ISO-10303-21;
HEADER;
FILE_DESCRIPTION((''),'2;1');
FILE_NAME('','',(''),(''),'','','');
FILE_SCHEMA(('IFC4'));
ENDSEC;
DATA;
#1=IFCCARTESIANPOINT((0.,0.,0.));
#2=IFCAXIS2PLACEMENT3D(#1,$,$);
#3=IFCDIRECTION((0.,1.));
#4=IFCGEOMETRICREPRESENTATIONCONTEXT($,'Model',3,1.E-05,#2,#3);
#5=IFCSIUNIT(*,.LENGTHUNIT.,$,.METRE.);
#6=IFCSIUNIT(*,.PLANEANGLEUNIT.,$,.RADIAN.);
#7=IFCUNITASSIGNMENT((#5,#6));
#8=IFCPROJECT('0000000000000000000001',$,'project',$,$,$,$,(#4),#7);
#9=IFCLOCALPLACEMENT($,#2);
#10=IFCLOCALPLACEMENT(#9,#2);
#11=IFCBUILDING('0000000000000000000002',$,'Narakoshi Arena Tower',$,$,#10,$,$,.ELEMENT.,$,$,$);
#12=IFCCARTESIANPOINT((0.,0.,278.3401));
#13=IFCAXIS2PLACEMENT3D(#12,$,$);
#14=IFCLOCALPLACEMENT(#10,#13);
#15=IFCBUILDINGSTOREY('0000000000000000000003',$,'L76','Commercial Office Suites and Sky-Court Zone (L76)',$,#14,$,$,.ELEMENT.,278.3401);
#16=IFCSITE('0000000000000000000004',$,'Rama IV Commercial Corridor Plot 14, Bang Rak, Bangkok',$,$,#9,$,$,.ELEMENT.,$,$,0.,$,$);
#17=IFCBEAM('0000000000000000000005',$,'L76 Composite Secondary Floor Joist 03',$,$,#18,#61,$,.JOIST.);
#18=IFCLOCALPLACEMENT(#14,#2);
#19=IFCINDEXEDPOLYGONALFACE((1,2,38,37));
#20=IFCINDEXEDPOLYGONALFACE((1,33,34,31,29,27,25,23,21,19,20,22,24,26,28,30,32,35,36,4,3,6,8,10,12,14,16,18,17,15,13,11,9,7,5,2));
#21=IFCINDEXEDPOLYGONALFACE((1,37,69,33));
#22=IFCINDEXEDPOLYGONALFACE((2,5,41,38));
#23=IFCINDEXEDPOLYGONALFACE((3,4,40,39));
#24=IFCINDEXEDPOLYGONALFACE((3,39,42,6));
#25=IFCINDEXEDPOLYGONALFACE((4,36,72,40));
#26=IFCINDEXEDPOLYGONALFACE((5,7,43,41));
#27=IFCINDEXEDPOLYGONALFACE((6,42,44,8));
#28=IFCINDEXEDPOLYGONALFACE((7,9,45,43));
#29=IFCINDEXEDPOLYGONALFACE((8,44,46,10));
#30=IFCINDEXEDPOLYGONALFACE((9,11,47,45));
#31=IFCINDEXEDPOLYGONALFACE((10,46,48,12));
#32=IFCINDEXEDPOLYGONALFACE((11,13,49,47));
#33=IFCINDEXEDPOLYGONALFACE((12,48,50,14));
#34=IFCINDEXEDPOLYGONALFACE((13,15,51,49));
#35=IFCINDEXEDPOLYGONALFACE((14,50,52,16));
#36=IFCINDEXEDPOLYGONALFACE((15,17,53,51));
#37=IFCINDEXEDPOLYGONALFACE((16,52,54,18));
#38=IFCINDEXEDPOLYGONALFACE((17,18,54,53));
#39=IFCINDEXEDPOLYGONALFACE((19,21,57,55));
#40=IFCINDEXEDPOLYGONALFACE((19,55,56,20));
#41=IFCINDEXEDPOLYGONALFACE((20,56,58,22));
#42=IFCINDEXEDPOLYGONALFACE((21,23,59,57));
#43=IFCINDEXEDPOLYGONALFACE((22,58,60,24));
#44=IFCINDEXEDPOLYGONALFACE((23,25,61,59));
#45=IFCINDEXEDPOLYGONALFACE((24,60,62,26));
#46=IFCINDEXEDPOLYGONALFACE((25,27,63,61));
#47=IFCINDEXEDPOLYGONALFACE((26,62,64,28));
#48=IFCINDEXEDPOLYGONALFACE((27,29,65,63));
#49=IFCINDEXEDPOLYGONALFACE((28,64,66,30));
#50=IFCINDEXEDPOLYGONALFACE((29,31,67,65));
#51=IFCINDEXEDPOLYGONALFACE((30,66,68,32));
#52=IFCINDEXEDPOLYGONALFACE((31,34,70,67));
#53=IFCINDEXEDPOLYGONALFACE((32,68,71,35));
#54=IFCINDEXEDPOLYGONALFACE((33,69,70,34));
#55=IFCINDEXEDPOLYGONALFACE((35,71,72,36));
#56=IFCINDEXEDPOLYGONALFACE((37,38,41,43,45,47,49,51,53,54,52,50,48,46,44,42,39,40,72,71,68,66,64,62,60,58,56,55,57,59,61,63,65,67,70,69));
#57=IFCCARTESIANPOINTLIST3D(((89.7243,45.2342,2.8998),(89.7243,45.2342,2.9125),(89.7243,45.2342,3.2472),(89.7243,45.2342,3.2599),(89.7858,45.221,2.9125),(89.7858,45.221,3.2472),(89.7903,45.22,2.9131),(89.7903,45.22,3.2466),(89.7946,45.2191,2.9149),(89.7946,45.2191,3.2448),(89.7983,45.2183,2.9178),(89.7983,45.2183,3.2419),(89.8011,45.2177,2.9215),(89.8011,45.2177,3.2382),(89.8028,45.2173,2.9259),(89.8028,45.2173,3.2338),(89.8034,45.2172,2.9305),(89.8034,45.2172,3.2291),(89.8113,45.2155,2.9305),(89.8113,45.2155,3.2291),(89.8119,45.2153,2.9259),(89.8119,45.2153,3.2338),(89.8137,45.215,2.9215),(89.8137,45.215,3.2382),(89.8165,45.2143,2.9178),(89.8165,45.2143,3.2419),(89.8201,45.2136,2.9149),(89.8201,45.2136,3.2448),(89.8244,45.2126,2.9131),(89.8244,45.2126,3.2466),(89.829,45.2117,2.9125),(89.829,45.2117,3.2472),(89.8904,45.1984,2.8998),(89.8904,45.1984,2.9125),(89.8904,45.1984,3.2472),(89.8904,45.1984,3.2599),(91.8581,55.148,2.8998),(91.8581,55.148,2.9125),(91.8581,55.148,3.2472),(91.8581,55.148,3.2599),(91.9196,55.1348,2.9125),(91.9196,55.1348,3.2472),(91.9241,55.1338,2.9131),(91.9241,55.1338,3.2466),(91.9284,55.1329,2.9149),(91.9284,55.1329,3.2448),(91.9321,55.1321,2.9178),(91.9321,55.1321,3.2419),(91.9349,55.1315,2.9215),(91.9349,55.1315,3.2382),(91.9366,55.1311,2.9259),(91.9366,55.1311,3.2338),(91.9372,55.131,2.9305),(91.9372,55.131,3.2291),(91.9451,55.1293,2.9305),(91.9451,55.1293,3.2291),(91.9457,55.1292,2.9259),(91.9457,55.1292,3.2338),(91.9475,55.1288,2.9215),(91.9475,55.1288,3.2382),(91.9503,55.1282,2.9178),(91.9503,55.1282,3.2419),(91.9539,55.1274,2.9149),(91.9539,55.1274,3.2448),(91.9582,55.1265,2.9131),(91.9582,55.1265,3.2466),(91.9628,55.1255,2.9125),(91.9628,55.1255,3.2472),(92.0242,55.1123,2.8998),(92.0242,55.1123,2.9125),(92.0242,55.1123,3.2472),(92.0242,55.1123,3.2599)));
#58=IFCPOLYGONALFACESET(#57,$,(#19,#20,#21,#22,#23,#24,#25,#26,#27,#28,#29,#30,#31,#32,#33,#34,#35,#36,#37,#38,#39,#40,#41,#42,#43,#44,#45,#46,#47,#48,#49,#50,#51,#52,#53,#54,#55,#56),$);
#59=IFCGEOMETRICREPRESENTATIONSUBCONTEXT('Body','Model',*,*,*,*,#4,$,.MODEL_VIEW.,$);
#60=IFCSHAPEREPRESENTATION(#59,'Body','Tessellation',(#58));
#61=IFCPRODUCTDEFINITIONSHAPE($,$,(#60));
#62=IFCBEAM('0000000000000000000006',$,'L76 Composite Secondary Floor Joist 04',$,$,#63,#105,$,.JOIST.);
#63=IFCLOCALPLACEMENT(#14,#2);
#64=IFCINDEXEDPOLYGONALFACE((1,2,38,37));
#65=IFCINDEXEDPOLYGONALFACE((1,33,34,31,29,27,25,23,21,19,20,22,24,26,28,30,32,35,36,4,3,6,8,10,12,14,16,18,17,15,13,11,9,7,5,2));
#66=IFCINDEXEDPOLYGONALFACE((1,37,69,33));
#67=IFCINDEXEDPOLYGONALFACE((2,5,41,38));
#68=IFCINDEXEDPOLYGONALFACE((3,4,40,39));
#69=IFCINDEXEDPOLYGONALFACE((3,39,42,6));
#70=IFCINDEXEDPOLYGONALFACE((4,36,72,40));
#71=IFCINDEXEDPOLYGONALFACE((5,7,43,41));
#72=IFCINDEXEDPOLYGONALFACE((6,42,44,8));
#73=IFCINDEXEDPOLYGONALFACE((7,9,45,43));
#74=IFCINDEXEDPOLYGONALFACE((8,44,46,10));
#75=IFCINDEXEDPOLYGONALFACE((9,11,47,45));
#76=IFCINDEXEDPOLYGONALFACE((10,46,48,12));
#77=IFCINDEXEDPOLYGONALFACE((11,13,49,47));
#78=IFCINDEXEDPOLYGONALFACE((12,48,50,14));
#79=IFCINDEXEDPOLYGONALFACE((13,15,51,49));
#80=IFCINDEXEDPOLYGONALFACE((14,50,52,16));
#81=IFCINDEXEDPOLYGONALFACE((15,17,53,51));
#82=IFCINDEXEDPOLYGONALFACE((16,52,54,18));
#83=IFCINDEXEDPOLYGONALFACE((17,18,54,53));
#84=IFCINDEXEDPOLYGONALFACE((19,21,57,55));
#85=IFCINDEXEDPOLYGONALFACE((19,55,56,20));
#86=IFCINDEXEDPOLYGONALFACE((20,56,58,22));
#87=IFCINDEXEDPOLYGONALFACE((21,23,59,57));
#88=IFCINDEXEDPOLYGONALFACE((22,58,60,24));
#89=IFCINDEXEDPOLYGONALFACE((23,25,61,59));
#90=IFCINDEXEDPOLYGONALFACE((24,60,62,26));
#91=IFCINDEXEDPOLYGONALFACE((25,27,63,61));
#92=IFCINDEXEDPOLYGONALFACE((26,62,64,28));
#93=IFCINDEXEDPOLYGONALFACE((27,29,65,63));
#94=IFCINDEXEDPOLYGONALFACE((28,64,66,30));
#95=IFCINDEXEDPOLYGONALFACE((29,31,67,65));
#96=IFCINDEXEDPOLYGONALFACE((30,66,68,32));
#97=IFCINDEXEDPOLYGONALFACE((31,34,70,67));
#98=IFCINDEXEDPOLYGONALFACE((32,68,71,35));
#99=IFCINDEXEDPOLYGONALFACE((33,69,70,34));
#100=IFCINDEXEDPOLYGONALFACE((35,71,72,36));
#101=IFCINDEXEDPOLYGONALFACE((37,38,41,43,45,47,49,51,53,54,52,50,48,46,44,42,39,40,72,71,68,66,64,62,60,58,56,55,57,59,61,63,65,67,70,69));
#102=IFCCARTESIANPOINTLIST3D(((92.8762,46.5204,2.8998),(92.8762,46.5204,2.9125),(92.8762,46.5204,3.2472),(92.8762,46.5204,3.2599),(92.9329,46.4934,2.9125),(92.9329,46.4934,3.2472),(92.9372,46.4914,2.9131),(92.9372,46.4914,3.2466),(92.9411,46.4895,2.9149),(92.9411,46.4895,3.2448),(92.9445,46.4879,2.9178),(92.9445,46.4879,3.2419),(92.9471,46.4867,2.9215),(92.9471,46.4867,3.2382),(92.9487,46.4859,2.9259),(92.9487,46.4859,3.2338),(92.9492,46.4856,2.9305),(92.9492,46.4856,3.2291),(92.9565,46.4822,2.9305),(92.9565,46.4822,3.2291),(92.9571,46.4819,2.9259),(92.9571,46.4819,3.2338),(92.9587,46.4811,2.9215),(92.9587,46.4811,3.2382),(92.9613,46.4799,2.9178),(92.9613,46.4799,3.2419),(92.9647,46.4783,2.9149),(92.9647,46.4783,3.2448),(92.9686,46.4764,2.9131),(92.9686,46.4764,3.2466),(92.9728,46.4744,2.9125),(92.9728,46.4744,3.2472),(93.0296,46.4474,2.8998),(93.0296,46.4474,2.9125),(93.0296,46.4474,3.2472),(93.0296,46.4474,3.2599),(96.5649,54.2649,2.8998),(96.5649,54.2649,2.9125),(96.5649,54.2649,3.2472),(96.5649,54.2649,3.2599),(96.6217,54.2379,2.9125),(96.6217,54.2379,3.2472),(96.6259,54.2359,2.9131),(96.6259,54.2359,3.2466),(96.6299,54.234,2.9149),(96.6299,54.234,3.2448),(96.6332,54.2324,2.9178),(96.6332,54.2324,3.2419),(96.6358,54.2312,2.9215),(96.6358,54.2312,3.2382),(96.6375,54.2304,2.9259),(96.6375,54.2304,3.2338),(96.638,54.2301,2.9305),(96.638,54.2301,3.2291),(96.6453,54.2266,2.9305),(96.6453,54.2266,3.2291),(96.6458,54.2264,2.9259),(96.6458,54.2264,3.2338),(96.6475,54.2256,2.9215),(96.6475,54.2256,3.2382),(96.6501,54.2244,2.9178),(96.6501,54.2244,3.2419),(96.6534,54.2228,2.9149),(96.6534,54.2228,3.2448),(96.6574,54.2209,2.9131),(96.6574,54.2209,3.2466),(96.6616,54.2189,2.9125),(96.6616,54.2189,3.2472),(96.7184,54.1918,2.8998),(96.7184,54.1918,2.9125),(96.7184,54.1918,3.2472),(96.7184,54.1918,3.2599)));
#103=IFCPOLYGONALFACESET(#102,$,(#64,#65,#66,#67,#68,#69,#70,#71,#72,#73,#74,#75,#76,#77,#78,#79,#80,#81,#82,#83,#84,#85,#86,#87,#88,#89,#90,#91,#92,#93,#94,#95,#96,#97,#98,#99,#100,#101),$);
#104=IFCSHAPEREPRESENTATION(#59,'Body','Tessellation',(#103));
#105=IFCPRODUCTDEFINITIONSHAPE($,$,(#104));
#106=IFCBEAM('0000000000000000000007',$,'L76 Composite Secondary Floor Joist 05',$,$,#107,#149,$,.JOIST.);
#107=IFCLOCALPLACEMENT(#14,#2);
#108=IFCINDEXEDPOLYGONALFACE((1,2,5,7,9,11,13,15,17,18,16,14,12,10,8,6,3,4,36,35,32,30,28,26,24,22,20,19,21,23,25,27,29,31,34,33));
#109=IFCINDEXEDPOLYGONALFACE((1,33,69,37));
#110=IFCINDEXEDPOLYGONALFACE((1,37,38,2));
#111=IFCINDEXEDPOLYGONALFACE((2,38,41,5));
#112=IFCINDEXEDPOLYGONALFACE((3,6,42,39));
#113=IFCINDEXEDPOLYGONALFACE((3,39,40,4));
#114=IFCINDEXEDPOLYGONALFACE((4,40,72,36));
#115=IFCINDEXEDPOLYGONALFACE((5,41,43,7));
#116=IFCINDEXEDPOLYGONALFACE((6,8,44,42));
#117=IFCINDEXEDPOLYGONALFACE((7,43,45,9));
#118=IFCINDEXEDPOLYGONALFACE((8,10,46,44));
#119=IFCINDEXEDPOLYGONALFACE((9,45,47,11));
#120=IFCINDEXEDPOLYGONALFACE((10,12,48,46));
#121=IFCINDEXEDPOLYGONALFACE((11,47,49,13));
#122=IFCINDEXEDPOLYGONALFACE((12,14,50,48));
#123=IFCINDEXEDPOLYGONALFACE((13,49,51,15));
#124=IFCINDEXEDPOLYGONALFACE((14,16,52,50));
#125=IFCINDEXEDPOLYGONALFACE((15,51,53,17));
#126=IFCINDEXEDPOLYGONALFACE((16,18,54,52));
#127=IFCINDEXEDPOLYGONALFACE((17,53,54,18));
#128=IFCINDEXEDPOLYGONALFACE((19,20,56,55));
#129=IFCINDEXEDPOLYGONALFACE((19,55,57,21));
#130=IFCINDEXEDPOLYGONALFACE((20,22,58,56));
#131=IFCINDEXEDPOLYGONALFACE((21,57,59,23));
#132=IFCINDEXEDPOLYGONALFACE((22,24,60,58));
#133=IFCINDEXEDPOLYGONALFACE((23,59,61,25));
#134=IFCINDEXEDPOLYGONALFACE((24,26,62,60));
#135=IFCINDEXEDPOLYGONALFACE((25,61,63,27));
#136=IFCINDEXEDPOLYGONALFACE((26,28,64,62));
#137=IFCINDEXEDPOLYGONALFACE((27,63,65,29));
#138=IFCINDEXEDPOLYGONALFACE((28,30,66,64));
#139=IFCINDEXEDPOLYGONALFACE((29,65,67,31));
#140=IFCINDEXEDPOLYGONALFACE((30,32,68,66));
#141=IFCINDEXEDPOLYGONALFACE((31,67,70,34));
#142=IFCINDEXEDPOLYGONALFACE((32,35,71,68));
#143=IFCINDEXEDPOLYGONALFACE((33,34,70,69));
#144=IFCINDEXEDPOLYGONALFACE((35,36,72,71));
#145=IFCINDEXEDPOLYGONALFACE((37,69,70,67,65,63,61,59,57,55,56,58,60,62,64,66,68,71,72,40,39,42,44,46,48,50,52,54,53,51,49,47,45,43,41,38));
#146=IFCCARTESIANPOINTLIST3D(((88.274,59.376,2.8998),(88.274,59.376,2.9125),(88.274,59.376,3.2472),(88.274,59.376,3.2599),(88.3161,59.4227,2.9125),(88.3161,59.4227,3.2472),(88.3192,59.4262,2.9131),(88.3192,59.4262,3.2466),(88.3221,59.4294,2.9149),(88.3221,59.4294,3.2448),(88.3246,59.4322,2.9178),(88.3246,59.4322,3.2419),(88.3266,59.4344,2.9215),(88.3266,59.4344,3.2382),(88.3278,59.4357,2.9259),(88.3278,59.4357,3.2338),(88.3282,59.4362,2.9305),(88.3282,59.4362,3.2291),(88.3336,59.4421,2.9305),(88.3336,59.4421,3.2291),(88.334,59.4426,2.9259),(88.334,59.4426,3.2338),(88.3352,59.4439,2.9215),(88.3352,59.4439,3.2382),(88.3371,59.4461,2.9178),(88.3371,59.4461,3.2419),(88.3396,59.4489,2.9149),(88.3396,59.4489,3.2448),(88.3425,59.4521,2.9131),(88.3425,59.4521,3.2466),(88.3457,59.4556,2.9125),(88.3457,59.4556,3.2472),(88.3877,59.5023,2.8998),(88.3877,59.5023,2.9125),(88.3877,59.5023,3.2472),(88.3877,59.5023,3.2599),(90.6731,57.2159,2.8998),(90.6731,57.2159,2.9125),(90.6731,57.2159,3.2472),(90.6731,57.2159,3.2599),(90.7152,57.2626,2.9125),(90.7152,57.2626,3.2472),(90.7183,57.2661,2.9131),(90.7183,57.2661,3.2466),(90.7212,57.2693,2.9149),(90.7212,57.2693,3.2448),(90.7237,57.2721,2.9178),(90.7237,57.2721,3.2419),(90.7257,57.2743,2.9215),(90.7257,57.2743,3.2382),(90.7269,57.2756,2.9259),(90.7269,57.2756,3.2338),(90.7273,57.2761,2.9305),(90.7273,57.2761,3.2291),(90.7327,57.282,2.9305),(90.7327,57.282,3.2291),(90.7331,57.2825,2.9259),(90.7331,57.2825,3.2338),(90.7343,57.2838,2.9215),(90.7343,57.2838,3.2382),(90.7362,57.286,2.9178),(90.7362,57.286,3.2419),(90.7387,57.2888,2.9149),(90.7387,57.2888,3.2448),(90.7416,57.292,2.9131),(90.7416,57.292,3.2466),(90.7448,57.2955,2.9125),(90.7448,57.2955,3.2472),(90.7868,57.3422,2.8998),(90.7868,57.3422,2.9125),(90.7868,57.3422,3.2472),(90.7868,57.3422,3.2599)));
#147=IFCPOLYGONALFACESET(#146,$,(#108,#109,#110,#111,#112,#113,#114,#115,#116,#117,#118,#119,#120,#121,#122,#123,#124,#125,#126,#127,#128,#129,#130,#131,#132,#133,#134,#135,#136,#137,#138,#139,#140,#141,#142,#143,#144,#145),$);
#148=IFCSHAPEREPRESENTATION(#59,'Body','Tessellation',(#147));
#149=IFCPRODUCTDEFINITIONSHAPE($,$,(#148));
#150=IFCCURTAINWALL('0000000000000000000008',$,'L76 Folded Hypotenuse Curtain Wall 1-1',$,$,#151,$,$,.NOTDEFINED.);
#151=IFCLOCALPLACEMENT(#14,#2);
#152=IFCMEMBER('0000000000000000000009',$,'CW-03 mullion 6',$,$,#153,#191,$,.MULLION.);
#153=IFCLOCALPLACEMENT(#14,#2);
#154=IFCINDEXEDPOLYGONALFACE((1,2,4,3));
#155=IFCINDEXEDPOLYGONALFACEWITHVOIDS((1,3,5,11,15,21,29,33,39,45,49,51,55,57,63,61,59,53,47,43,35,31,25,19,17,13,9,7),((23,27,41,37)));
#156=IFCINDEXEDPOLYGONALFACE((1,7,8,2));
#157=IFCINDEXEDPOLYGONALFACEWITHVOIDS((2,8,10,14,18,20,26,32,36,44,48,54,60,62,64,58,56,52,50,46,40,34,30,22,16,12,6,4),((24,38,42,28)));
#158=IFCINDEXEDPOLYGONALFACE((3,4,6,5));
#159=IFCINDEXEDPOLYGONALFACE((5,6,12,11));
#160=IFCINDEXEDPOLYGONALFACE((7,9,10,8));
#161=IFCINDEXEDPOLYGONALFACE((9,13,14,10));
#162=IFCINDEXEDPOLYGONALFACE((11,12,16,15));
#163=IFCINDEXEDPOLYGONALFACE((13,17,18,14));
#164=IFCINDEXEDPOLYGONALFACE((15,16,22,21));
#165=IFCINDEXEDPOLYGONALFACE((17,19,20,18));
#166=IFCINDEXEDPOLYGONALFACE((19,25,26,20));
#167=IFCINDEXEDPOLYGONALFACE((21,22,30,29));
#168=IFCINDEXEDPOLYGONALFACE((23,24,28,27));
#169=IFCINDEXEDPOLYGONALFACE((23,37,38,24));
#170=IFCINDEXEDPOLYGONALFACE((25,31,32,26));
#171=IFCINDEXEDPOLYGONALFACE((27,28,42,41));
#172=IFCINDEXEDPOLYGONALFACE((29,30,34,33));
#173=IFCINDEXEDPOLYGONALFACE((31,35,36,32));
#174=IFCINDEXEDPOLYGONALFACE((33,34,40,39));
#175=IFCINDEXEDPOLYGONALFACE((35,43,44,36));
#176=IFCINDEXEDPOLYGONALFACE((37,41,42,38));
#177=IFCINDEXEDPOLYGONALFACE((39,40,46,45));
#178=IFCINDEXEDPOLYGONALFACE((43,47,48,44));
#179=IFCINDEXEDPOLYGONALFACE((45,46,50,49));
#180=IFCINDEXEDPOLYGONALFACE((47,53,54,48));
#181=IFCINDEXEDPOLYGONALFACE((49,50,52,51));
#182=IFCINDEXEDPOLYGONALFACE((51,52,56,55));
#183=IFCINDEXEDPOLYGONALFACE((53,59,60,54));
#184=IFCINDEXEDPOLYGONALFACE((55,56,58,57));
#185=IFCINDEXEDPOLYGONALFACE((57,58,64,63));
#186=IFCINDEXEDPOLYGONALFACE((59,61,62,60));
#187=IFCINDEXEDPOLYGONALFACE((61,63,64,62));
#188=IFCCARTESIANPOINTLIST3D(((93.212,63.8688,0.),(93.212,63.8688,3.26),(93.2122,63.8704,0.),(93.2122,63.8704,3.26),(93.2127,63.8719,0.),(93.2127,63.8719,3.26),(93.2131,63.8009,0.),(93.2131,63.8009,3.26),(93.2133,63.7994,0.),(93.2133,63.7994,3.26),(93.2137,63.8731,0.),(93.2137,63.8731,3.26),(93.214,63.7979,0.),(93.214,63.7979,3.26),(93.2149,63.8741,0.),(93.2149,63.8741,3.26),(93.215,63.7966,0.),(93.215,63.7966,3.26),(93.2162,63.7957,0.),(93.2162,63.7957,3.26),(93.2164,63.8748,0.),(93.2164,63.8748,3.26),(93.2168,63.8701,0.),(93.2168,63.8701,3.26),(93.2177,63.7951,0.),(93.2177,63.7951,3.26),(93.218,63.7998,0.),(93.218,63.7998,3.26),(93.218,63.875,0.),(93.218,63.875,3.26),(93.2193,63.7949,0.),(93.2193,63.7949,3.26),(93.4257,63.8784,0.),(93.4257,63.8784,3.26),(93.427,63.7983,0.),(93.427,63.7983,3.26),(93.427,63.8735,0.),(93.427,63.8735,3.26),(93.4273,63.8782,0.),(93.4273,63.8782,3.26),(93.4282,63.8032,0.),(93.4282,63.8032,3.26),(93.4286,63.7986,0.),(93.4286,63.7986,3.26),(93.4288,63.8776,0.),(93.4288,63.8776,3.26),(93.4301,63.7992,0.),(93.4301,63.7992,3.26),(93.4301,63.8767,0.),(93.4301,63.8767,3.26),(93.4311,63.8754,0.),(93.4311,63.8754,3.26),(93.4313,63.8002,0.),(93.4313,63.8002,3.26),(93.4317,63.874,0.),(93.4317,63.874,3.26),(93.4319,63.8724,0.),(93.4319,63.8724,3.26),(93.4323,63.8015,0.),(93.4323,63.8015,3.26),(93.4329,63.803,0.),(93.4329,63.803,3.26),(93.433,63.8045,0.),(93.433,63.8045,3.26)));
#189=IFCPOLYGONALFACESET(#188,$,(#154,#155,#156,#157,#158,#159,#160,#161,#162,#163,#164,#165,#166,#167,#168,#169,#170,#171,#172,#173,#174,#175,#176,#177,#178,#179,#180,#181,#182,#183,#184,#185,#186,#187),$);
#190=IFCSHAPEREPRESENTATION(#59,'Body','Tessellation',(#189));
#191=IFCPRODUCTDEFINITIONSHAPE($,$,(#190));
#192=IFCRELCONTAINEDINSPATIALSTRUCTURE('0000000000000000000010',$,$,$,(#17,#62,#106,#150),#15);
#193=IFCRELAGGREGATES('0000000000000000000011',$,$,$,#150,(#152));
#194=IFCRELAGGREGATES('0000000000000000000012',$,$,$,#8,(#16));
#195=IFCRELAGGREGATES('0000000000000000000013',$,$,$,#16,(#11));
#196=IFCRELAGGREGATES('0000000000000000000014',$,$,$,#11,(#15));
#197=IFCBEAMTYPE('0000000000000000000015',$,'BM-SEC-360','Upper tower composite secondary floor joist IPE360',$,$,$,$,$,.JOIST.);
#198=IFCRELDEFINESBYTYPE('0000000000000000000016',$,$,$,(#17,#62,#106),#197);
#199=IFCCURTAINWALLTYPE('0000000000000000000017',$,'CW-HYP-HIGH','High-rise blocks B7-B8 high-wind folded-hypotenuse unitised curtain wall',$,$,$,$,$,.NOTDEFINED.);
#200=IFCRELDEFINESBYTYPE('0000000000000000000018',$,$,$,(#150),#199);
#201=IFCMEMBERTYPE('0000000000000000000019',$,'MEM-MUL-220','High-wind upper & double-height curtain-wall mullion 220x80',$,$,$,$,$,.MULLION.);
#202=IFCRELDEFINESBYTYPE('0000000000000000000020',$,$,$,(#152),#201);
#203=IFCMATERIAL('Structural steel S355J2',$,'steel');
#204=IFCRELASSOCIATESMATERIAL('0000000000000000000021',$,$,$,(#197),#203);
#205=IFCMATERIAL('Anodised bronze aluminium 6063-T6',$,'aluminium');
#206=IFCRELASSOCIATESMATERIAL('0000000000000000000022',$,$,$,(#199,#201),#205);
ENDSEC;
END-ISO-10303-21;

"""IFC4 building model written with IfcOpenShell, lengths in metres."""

from ifc_helpers import new_model, si_unit, direction, frame, origin, origin_2d, place, context, subcontext, project, spatial, hollow_rectangle, i_section, extrude, material, material_profile, profile_set, type_object, element, aggregate, save


model = new_model("IFC4")

# Units and contexts
model_context = context("Model", 3, precision=1e-05, world=origin(), true_north=direction((0.0, 1.0)))
body_context = subcontext(model_context, "Body", "Model", "MODEL_VIEW")
ifc_project = project(units=[si_unit("LENGTHUNIT", "METRE"), si_unit("PLANEANGLEUNIT", "RADIAN")], contexts=[model_context])

# Site, building, storey
site_placement = place(None, origin())
site = spatial("IfcSite", under=ifc_project, at=site_placement, Name="Rama IV Commercial Corridor Plot 14, Bang Rak, Bangkok", CompositionType="ELEMENT", RefElevation=0.0)
building_placement = place(site_placement, origin())
building = spatial("IfcBuilding", under=site, at=building_placement, Name="Narakoshi Arena Tower", CompositionType="ELEMENT")
storey_placement = place(building_placement, frame((0.0, 0.0, 278.3401)))
storey = spatial("IfcBuildingStorey", under=building, at=storey_placement, Name="L76", Description="Commercial Office Suites and Sky-Court Zone (L76)", CompositionType="ELEMENT", Elevation=278.3401)

# Beams
ifc_material_1 = material(Name="Structural steel S355J2", Category="steel")
ifc_material_profile_1 = material_profile(ifc_material_1, i_section(OverallWidth=0.1699, OverallDepth=0.3601, WebThickness=0.0081, FlangeThickness=0.0127, FilletRadius=0.0181, at=origin_2d()), Name="IPE360")
ifc_profile_set_1 = profile_set([ifc_material_profile_1], Name="Structural steel S355J2")
beam_type_1 = type_object("IfcBeamType", Name="BM-SEC-360", Description="Upper tower composite secondary floor joist IPE360", PredefinedType="JOIST", material=ifc_profile_set_1)
beam_1_placement = place(storey_placement, frame((89.8074, 45.2163, 3.0798), z_axis=(0.210415, 0.977612, 0.0), x_axis=(-0.977612, 0.210415, 0.0)))
element("IfcBeam", 1, at=beam_1_placement, inside=storey, type_object=beam_type_1, Name="L76 Composite Secondary Floor Joist 03", PredefinedType="JOIST", context=body_context, shape_type="SweptSolid", body=[
    extrude(i_section(OverallWidth=0.1699, OverallDepth=0.3601, WebThickness=0.0081, FlangeThickness=0.0127, FilletRadius=0.0181, at=origin_2d()), origin(), (0.0, 0.0, 1.0), 10.1409),
])
beam_2_placement = place(storey_placement, frame((92.9529, 46.4839, 3.0798), z_axis=(0.430021, 0.902819, 0.0), x_axis=(-0.902819, 0.430021, 0.0)))
element("IfcBeam", 2, at=beam_2_placement, inside=storey, type_object=beam_type_1, Name="L76 Composite Secondary Floor Joist 04", PredefinedType="JOIST", context=body_context, shape_type="SweptSolid", body=[
    extrude(i_section(OverallWidth=0.1699, OverallDepth=0.3601, WebThickness=0.0081, FlangeThickness=0.0127, FilletRadius=0.0181, at=origin_2d()), origin(), (0.0, 0.0, 1.0), 8.5781),
])
beam_3_placement = place(storey_placement, frame((90.73, 57.2791, 3.0798), z_axis=(-0.743155, 0.669119, 0.0), x_axis=(-0.669119, -0.743155, 0.0)))
element("IfcBeam", 3, at=beam_3_placement, inside=storey, type_object=beam_type_1, Name="L76 Composite Secondary Floor Joist 05", PredefinedType="JOIST", context=body_context, shape_type="SweptSolid", body=[
    extrude(i_section(OverallWidth=0.1699, OverallDepth=0.3601, WebThickness=0.0081, FlangeThickness=0.0127, FilletRadius=0.0181, at=origin_2d()), origin(), (0.0, 0.0, 1.0), 3.2283),
])

# Curtain wall, member
ifc_material_2 = material(Name="Anodised bronze aluminium 6063-T6", Category="aluminium")
curtain_wall_type = type_object("IfcCurtainWallType", Name="CW-HYP-HIGH", Description="High-rise blocks B7-B8 high-wind folded-hypotenuse unitised curtain wall", PredefinedType="NOTDEFINED", material=ifc_material_2)
curtain_wall_placement = place(storey_placement, origin())
curtain_wall = element("IfcCurtainWall", 4, at=curtain_wall_placement, inside=storey, type_object=curtain_wall_type, Name="L76 Folded Hypotenuse Curtain Wall 1-1", PredefinedType="NOTDEFINED")
ifc_material_profile_2 = material_profile(ifc_material_2, hollow_rectangle(XDim=0.0801, YDim=0.22, WallThickness=0.0049, OuterFilletRadius=0.0061, at=origin_2d()), Name="MUL220x80x5")
ifc_profile_set_2 = profile_set([ifc_material_profile_2], Name="Anodised bronze aluminium 6063-T6")
member_type_1 = type_object("IfcMemberType", Name="MEM-MUL-220", Description="High-wind upper & double-height curtain-wall mullion 220x80", PredefinedType="MULLION", material=ifc_profile_set_2)
member_1_placement = place(storey_placement, frame((93.3225, 63.8367, 0.0), z_axis=(0.0, 0.0, 1.0), x_axis=(0.016443, -0.999865, 0.0)))
member_1 = element("IfcMember", 5, at=member_1_placement, type_object=member_type_1, Name="CW-03 mullion 6", PredefinedType="MULLION", context=body_context, shape_type="SweptSolid", body=[
    extrude(hollow_rectangle(XDim=0.0801, YDim=0.22, WallThickness=0.0049, OuterFilletRadius=0.0061, at=origin_2d()), origin(), (0.0, 0.0, 1.0), 3.26),
])
aggregate(curtain_wall, [member_1])

save(model, "model.ifc")
